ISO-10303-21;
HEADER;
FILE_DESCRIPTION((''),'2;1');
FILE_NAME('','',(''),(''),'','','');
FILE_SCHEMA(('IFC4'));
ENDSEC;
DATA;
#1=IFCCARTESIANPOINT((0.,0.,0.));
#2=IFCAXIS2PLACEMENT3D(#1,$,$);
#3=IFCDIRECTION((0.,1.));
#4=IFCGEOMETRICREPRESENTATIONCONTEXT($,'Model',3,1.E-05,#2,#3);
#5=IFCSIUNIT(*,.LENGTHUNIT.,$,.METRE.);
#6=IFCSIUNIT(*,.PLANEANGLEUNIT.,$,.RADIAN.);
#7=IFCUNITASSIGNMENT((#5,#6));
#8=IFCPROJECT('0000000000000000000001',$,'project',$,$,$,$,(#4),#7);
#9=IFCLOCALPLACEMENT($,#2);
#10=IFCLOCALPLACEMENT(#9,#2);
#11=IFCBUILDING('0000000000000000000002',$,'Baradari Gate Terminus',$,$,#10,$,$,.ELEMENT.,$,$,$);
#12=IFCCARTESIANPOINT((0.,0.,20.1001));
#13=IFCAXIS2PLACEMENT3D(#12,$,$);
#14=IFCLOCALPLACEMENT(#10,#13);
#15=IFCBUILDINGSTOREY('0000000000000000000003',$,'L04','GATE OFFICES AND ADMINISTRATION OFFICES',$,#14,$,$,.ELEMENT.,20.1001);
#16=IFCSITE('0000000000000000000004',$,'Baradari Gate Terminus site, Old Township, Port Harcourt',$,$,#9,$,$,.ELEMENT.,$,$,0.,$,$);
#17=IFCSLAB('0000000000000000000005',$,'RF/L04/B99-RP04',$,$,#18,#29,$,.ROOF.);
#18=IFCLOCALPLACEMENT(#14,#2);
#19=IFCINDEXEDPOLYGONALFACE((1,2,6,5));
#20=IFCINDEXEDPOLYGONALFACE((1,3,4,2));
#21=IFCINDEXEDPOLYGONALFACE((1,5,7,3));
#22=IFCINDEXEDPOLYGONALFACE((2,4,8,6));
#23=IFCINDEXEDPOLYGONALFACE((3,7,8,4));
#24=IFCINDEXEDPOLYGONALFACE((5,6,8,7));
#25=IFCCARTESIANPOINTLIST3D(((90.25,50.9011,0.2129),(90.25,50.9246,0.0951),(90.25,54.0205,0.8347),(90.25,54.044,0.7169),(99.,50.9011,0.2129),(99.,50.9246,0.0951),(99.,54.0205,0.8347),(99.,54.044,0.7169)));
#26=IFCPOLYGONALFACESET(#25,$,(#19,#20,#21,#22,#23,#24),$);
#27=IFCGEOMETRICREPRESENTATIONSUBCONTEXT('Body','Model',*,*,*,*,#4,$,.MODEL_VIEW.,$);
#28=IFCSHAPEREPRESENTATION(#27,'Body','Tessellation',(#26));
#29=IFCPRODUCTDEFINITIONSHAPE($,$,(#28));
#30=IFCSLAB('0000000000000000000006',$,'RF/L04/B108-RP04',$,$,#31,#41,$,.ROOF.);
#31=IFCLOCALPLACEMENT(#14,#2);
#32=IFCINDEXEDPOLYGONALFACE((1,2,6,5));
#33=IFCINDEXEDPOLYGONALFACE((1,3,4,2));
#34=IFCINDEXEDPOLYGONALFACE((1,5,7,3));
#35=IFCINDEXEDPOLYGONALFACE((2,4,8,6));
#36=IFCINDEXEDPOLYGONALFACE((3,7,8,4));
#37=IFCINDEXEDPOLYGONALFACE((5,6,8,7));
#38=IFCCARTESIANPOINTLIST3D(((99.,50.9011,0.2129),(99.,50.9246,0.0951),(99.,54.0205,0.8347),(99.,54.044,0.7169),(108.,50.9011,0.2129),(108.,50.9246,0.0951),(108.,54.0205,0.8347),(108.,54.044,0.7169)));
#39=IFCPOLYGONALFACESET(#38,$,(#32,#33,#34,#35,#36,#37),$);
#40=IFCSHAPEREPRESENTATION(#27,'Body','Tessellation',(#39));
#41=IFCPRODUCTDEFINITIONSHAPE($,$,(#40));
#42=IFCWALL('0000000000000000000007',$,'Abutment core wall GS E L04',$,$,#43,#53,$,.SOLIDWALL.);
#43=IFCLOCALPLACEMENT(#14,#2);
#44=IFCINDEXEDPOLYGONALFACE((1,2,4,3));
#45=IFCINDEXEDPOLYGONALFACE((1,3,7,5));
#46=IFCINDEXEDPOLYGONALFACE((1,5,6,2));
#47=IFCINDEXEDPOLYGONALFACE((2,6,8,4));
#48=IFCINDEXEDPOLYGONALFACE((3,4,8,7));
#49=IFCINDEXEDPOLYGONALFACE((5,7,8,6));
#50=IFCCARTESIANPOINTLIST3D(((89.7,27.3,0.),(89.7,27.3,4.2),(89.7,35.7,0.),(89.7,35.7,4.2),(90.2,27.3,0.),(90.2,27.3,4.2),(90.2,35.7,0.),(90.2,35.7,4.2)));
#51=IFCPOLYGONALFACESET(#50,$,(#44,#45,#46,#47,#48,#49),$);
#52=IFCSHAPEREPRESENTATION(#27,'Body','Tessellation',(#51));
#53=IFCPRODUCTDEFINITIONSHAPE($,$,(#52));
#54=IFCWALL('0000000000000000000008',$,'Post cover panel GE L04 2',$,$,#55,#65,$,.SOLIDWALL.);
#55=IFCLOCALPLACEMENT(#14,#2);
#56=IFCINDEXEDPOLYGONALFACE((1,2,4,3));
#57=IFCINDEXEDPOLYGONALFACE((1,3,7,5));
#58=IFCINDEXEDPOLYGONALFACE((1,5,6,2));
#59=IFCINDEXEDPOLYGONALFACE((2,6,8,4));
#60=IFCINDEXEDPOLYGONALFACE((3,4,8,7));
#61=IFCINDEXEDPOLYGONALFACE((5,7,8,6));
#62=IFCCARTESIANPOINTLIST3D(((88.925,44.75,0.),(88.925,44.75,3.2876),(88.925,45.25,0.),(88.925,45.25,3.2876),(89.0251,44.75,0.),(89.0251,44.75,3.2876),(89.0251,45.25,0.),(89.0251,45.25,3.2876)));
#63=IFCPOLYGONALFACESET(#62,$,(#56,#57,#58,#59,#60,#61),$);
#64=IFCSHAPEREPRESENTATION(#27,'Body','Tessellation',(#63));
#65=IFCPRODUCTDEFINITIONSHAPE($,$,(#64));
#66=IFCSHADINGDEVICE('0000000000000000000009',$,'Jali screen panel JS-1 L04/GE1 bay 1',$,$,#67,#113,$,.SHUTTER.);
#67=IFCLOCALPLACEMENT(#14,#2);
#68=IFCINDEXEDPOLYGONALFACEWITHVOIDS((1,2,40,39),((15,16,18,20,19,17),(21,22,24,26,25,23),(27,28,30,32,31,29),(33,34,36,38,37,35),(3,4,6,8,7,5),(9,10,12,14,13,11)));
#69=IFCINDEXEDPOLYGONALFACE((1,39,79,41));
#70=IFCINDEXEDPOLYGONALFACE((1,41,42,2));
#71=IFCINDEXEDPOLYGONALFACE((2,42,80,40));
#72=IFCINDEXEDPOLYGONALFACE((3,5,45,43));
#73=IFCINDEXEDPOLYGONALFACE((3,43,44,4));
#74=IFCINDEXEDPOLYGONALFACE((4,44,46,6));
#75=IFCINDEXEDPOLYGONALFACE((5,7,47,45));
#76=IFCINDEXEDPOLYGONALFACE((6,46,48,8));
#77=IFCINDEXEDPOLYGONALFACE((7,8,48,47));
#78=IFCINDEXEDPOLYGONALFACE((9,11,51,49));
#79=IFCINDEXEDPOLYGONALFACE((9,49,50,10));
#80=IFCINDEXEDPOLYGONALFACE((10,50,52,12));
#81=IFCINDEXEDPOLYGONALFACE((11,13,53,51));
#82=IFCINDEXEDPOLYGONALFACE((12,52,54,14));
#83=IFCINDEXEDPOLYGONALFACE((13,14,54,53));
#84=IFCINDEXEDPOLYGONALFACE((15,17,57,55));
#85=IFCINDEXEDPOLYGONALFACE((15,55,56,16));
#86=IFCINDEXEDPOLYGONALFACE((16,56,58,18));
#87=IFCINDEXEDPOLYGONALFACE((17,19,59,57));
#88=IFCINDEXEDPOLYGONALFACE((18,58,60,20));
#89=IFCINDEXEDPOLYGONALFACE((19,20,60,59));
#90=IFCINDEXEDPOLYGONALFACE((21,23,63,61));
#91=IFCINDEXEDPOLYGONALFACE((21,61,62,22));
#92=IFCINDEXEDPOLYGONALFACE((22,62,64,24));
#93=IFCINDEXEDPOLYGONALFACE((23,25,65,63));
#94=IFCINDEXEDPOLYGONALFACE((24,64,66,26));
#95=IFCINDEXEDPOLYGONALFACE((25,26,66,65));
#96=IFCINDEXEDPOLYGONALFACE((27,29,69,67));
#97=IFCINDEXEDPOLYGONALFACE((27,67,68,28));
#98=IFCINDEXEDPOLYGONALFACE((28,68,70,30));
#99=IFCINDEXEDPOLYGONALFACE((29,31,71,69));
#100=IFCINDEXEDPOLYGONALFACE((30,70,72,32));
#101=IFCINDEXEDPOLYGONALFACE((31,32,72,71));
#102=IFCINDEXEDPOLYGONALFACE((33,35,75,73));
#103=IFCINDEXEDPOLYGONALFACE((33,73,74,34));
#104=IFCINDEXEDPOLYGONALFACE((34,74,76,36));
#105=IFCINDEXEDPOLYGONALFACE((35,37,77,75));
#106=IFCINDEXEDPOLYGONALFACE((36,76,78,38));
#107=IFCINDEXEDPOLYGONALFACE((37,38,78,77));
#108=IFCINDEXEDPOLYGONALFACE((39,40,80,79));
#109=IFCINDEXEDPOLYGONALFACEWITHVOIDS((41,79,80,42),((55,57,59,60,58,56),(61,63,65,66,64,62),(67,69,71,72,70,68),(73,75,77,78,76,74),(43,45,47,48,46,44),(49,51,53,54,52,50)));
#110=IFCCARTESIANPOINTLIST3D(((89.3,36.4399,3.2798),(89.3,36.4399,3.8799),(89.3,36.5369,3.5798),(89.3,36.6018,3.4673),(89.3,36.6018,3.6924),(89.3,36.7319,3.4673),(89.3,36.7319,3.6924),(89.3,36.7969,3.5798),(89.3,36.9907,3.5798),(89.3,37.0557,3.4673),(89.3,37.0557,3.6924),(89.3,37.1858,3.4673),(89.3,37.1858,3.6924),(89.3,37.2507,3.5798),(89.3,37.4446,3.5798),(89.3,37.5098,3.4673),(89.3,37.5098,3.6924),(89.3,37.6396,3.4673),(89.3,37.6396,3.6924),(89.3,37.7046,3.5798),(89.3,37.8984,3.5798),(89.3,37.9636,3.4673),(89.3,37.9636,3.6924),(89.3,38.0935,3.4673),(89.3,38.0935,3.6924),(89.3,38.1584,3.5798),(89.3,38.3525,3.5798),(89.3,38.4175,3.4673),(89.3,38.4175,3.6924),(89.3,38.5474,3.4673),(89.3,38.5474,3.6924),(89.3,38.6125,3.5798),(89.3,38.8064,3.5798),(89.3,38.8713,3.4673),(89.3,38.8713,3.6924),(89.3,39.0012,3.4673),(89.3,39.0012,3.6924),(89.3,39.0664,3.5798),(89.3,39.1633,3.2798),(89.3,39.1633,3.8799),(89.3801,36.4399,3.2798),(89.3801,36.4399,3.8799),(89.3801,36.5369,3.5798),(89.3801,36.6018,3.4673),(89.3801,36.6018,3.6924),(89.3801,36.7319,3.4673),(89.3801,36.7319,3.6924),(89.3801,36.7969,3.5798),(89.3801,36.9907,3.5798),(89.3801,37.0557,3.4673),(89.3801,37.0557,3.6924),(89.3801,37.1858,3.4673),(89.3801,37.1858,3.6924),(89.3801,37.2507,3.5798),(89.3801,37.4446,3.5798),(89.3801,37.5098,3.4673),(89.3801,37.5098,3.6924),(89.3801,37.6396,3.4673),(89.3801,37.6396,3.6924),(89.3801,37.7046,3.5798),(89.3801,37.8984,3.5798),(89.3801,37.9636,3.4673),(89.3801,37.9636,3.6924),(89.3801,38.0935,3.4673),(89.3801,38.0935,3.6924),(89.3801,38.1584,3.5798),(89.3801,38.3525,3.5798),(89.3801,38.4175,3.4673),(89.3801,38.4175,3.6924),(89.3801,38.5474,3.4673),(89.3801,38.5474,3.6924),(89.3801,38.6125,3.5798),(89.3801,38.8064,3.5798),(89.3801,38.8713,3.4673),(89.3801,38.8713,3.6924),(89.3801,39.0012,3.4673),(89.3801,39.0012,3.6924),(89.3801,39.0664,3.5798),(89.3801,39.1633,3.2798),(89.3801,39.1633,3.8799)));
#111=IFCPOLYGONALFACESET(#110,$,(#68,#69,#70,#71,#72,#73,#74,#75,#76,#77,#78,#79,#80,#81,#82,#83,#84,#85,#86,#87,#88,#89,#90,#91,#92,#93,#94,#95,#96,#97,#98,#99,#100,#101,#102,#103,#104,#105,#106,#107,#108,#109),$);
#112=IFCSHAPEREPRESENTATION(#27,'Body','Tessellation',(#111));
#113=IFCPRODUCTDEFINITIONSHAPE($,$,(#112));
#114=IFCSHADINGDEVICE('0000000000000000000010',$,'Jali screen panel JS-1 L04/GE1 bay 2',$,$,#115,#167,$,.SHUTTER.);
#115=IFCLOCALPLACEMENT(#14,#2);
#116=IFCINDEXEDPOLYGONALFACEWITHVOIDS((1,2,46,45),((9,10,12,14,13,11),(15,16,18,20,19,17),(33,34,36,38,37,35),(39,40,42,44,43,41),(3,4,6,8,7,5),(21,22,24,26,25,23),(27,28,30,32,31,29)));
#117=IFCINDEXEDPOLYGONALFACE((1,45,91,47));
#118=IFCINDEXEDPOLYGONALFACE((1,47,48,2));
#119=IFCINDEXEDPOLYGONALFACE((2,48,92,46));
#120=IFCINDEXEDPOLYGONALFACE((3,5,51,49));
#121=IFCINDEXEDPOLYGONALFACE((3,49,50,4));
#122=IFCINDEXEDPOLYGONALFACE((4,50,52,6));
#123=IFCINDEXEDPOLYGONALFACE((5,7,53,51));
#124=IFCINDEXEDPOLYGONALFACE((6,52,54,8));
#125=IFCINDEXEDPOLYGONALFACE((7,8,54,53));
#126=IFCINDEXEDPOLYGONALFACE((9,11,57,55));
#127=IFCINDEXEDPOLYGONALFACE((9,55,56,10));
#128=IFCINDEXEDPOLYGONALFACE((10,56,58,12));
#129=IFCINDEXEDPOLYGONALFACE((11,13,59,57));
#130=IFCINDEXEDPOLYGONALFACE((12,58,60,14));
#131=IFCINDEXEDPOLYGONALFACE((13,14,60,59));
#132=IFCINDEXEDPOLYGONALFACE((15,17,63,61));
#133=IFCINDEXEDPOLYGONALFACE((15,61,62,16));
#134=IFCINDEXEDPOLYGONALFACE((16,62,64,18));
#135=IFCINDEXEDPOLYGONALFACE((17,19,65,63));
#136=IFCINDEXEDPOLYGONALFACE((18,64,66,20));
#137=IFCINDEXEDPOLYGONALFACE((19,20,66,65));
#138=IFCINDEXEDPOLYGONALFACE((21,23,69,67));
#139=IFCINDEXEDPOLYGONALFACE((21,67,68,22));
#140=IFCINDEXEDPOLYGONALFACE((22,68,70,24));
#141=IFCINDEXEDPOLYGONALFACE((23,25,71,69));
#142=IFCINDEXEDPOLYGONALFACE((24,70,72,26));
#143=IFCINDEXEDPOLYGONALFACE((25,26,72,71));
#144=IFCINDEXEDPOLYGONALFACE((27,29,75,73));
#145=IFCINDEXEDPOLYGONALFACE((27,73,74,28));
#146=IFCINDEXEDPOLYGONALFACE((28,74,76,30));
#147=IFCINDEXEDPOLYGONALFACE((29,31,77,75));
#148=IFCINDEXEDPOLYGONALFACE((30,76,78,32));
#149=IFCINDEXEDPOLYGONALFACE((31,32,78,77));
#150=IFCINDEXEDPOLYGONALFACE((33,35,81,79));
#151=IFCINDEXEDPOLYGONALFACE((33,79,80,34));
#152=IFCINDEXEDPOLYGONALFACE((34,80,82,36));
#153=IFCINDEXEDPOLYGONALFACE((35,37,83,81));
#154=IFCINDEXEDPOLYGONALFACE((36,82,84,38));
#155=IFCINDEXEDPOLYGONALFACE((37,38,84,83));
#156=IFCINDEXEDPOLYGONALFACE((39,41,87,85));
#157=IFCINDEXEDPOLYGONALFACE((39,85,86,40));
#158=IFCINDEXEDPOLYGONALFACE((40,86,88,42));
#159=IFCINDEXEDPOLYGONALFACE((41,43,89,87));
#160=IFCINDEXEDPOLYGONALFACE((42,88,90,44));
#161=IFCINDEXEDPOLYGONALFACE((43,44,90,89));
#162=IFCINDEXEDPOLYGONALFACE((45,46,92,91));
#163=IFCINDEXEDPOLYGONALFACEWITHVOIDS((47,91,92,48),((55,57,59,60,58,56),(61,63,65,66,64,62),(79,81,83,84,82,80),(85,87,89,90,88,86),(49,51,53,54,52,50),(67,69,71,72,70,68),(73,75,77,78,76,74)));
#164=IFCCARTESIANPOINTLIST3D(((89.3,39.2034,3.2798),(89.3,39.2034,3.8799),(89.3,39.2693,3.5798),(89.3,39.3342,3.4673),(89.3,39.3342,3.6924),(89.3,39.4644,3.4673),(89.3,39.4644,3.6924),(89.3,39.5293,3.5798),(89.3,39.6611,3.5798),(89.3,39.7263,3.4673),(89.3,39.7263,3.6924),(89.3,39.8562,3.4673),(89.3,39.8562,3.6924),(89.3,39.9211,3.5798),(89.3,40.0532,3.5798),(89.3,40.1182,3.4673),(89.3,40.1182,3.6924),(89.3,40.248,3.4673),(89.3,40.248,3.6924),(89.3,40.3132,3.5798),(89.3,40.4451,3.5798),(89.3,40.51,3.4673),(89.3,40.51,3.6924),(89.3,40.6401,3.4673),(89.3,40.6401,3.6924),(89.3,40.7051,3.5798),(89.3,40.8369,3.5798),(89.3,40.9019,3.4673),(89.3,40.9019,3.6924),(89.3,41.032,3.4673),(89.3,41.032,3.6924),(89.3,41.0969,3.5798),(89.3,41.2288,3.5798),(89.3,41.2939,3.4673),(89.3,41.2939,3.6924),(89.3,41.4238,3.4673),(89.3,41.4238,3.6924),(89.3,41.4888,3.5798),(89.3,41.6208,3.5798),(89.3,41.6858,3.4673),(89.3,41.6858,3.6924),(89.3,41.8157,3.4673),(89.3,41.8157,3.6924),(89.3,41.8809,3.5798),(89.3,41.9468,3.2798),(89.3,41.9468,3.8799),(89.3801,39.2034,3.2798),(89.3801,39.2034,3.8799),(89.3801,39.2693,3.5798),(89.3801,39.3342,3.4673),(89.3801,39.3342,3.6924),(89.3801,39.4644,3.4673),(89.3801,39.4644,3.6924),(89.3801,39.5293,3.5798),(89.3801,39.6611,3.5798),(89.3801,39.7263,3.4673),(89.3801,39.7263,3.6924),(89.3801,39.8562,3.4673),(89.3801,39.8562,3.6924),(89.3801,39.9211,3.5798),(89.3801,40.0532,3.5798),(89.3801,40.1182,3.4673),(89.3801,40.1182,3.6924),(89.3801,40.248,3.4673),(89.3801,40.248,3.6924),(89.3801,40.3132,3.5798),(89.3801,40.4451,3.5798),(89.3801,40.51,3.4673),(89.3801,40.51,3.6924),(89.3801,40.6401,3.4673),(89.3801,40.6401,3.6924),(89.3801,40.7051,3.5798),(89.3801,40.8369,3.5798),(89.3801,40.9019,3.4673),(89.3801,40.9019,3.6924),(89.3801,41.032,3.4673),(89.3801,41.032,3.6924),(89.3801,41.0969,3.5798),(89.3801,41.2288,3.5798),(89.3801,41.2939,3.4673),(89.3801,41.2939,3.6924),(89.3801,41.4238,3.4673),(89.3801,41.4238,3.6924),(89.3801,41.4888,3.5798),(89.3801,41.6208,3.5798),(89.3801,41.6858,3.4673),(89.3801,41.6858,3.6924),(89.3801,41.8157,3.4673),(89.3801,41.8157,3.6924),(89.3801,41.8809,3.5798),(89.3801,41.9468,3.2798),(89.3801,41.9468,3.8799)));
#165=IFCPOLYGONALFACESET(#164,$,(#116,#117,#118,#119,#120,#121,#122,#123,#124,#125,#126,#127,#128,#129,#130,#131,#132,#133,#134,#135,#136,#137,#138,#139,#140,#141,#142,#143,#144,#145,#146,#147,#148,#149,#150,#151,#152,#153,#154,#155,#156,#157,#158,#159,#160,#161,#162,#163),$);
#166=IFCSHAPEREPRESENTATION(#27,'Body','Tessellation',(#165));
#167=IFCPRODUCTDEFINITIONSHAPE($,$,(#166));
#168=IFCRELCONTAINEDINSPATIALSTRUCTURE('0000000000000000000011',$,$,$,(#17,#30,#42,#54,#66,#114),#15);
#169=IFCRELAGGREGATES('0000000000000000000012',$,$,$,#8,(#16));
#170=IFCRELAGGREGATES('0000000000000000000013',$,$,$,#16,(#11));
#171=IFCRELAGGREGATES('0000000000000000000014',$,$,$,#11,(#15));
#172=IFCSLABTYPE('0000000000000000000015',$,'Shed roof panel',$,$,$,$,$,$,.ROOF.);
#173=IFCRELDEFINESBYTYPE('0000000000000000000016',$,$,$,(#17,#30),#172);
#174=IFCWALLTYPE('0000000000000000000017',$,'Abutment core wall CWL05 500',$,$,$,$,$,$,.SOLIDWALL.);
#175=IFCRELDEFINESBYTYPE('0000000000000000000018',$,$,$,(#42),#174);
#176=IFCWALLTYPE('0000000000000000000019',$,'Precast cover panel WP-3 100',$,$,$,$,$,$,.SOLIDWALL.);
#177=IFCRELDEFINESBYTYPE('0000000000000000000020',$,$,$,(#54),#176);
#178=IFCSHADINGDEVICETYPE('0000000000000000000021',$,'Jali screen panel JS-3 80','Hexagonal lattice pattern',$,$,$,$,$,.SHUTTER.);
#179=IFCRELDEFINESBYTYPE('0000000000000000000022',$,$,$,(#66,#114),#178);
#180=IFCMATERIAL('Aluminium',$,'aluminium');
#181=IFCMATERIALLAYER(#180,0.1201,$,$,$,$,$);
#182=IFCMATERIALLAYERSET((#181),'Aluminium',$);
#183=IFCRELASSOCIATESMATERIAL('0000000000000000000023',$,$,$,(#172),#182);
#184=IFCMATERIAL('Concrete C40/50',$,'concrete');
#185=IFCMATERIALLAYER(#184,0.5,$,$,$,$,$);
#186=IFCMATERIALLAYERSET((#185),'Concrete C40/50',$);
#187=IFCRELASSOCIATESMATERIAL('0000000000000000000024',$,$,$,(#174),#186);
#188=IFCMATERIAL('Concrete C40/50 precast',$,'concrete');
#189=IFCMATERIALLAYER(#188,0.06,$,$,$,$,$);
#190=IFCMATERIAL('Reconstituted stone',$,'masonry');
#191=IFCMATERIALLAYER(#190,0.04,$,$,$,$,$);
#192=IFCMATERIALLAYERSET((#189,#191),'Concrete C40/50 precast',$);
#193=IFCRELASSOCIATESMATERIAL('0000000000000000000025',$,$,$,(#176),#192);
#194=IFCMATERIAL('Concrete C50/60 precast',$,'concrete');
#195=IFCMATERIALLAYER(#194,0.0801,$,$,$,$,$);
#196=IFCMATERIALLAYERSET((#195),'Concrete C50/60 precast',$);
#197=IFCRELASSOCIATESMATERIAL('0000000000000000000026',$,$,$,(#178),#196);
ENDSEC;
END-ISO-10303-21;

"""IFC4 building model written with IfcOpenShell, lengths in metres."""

from ifc_helpers import new_model, si_unit, direction, frame, frame_2d, origin, place, context, subcontext, project, spatial, polyline, rectangle, outline, extrude, material, layer, layer_set, type_object, element, save


model = new_model("IFC4")

# Units and contexts
model_context = context("Model", 3, precision=1e-05, world=origin(), true_north=direction((0.0, 1.0)))
body_context = subcontext(model_context, "Body", "Model", "MODEL_VIEW")
ifc_project = project(units=[si_unit("LENGTHUNIT", "METRE"), si_unit("PLANEANGLEUNIT", "RADIAN")], contexts=[model_context])

# Site, building, storey
site_placement = place(None, origin())
site = spatial("IfcSite", under=ifc_project, at=site_placement, Name="Baradari Gate Terminus site, Old Township, Port Harcourt", CompositionType="ELEMENT", RefElevation=0.0)
building_placement = place(site_placement, origin())
building = spatial("IfcBuilding", under=site, at=building_placement, Name="Baradari Gate Terminus", CompositionType="ELEMENT")
storey_placement = place(building_placement, frame((0.0, 0.0, 20.1001)))
storey = spatial("IfcBuildingStorey", under=building, at=storey_placement, Name="L04", Description="GATE OFFICES AND ADMINISTRATION OFFICES", CompositionType="ELEMENT", Elevation=20.1001)

# Slabs
ifc_material_1 = material(Name="Aluminium", Category="aluminium")
ifc_layer_1 = layer(ifc_material_1, 0.1201)
ifc_layer_set_1 = layer_set([ifc_layer_1], Name="Aluminium")
slab_type = type_object("IfcSlabType", Name="Shed roof panel", PredefinedType="ROOF", material=ifc_layer_set_1)
slab_1_placement = place(storey_placement, frame((90.25, 50.9011, 0.2129), z_axis=(0.0, -0.195496, 0.980704), x_axis=(1.0, 0.0, 0.0)))
element("IfcSlab", 1, at=slab_1_placement, inside=storey, type_object=slab_type, Name="RF/L04/B99-RP04", PredefinedType="ROOF", context=body_context, shape_type="SweptSolid", body=[
    extrude(outline(polyline([(0.0, 0.0), (8.75, 0.0), (8.75, 3.1808), (0.0, 3.1808), (0.0, 0.0)])), origin(), (0.0, 0.0, -1.0), 0.1201),
])
slab_2_placement = place(storey_placement, frame((99.0, 50.9011, 0.2129), z_axis=(0.0, -0.195496, 0.980704), x_axis=(1.0, 0.0, 0.0)))
element("IfcSlab", 2, at=slab_2_placement, inside=storey, type_object=slab_type, Name="RF/L04/B108-RP04", PredefinedType="ROOF", context=body_context, shape_type="SweptSolid", body=[
    extrude(outline(polyline([(0.0, 0.0), (9.0, 0.0), (9.0, 3.1808), (0.0, 3.1808), (0.0, 0.0)])), origin(), (0.0, 0.0, -1.0), 0.1201),
])

# Walls
ifc_material_2 = material(Name="Concrete C40/50", Category="concrete")
ifc_layer_2 = layer(ifc_material_2, 0.5)
ifc_layer_set_2 = layer_set([ifc_layer_2], Name="Concrete C40/50")
wall_type_1 = type_object("IfcWallType", Name="Abutment core wall CWL05 500", PredefinedType="SOLIDWALL", material=ifc_layer_set_2)
wall_1_placement = place(storey_placement, frame((89.95, 27.3, 0.0), z_axis=(0.0, 0.0, 1.0), x_axis=(0.0, 1.0, 0.0)))
element("IfcWall", 3, at=wall_1_placement, inside=storey, type_object=wall_type_1, Name="Abutment core wall GS E L04", PredefinedType="SOLIDWALL", context=body_context, shape_type="SweptSolid", body=[
    extrude(rectangle(XDim=8.3999, YDim=0.5, at=frame_2d((4.2, 0.0))), origin(), (0.0, 0.0, 1.0), 4.2),
])
ifc_material_3 = material(Name="Concrete C40/50 precast", Category="concrete")
ifc_layer_3 = layer(ifc_material_3, 0.06)
ifc_material_4 = material(Name="Reconstituted stone", Category="masonry")
ifc_layer_4 = layer(ifc_material_4, 0.04)
ifc_layer_set_3 = layer_set([ifc_layer_3, ifc_layer_4], Name="Concrete C40/50 precast")
wall_type_2 = type_object("IfcWallType", Name="Precast cover panel WP-3 100", PredefinedType="SOLIDWALL", material=ifc_layer_set_3)
wall_2_placement = place(storey_placement, frame((88.9751, 44.75, 0.0), z_axis=(0.0, 0.0, 1.0), x_axis=(0.0, 1.0, 0.0)))
element("IfcWall", 4, at=wall_2_placement, inside=storey, type_object=wall_type_2, Name="Post cover panel GE L04 2", PredefinedType="SOLIDWALL", context=body_context, shape_type="SweptSolid", body=[
    extrude(rectangle(XDim=0.5, YDim=0.1001, at=frame_2d((0.25, 0.0))), origin(), (0.0, 0.0, 1.0), 3.2876),
])

# Shading devices
ifc_material_5 = material(Name="Concrete C50/60 precast", Category="concrete")
ifc_layer_5 = layer(ifc_material_5, 0.0801)
ifc_layer_set_4 = layer_set([ifc_layer_5], Name="Concrete C50/60 precast")
shading_device_type = type_object("IfcShadingDeviceType", Name="Jali screen panel JS-3 80", Description="Hexagonal lattice pattern", PredefinedType="SHUTTER", material=ifc_layer_set_4)
shading_device_1_placement = place(storey_placement, frame((89.3401, 36.4399, 3.2798), z_axis=(0.0, 0.0, 1.0), x_axis=(0.0, 1.0, 0.0)))
element("IfcShadingDevice", 5, at=shading_device_1_placement, inside=storey, type_object=shading_device_type, Name="Jali screen panel JS-1 L04/GE1 bay 1", PredefinedType="SHUTTER", context=body_context, shape_type="SweptSolid", body=[
    extrude(outline(polyline([(0.0, 0.0), (2.7234, 0.0), (2.7234, 0.6001), (0.0, 0.6001), (0.0, 0.0)]), holes=[polyline([(0.3569, 0.3), (0.292, 0.1875), (0.1619, 0.1875), (0.0969, 0.3), (0.1619, 0.4126), (0.292, 0.4126), (0.3569, 0.3)]), polyline([(0.8108, 0.3), (0.7458, 0.1875), (0.6157, 0.1875), (0.5508, 0.3), (0.6157, 0.4126), (0.7458, 0.4126), (0.8108, 0.3)]), polyline([(1.2646, 0.3), (1.1997, 0.1875), (1.0698, 0.1875), (1.0046, 0.3), (1.0698, 0.4126), (1.1997, 0.4126), (1.2646, 0.3)]), polyline([(1.7185, 0.3), (1.6536, 0.1875), (1.5237, 0.1875), (1.4585, 0.3), (1.5237, 0.4126), (1.6536, 0.4126), (1.7185, 0.3)]), polyline([(2.1726, 0.3), (2.1074, 0.1875), (1.9775, 0.1875), (1.9126, 0.3), (1.9775, 0.4126), (2.1074, 0.4126), (2.1726, 0.3)]), polyline([(2.6265, 0.3), (2.5613, 0.1875), (2.4314, 0.1875), (2.3665, 0.3), (2.4314, 0.4126), (2.5613, 0.4126), (2.6265, 0.3)])]), frame((0.0, 0.04, 0.0), z_axis=(0.0, -1.0, 0.0), x_axis=(1.0, 0.0, 0.0)), (0.0, 0.0, 1.0), 0.0801),
])
shading_device_2_placement = place(storey_placement, frame((89.3401, 39.2034, 3.2798), z_axis=(0.0, 0.0, 1.0), x_axis=(0.0, 1.0, 0.0)))
element("IfcShadingDevice", 6, at=shading_device_2_placement, inside=storey, type_object=shading_device_type, Name="Jali screen panel JS-1 L04/GE1 bay 2", PredefinedType="SHUTTER", context=body_context, shape_type="SweptSolid", body=[
    extrude(outline(polyline([(0.0, 0.0), (2.7434, 0.0), (2.7434, 0.6001), (0.0, 0.6001), (0.0, 0.0)]), holes=[polyline([(0.3259, 0.3), (0.261, 0.1875), (0.1309, 0.1875), (0.0659, 0.3), (0.1309, 0.4126), (0.261, 0.4126), (0.3259, 0.3)]), polyline([(0.7178, 0.3), (0.6528, 0.1875), (0.5229, 0.1875), (0.4578, 0.3), (0.5229, 0.4126), (0.6528, 0.4126), (0.7178, 0.3)]), polyline([(1.1099, 0.3), (1.0447, 0.1875), (0.9148, 0.1875), (0.8499, 0.3), (0.9148, 0.4126), (1.0447, 0.4126), (1.1099, 0.3)]), polyline([(1.5017, 0.3), (1.4368, 0.1875), (1.3066, 0.1875), (1.2417, 0.3), (1.3066, 0.4126), (1.4368, 0.4126), (1.5017, 0.3)]), polyline([(1.8936, 0.3), (1.8286, 0.1875), (1.6985, 0.1875), (1.6335, 0.3), (1.6985, 0.4126), (1.8286, 0.4126), (1.8936, 0.3)]), polyline([(2.2854, 0.3), (2.2205, 0.1875), (2.0906, 0.1875), (2.0254, 0.3), (2.0906, 0.4126), (2.2205, 0.4126), (2.2854, 0.3)]), polyline([(2.6775, 0.3), (2.6123, 0.1875), (2.4824, 0.1875), (2.4175, 0.3), (2.4824, 0.4126), (2.6123, 0.4126), (2.6775, 0.3)])]), frame((0.0, 0.04, 0.0), z_axis=(0.0, -1.0, 0.0), x_axis=(1.0, 0.0, 0.0)), (0.0, 0.0, 1.0), 0.0801),
])

save(model, "model.ifc")
